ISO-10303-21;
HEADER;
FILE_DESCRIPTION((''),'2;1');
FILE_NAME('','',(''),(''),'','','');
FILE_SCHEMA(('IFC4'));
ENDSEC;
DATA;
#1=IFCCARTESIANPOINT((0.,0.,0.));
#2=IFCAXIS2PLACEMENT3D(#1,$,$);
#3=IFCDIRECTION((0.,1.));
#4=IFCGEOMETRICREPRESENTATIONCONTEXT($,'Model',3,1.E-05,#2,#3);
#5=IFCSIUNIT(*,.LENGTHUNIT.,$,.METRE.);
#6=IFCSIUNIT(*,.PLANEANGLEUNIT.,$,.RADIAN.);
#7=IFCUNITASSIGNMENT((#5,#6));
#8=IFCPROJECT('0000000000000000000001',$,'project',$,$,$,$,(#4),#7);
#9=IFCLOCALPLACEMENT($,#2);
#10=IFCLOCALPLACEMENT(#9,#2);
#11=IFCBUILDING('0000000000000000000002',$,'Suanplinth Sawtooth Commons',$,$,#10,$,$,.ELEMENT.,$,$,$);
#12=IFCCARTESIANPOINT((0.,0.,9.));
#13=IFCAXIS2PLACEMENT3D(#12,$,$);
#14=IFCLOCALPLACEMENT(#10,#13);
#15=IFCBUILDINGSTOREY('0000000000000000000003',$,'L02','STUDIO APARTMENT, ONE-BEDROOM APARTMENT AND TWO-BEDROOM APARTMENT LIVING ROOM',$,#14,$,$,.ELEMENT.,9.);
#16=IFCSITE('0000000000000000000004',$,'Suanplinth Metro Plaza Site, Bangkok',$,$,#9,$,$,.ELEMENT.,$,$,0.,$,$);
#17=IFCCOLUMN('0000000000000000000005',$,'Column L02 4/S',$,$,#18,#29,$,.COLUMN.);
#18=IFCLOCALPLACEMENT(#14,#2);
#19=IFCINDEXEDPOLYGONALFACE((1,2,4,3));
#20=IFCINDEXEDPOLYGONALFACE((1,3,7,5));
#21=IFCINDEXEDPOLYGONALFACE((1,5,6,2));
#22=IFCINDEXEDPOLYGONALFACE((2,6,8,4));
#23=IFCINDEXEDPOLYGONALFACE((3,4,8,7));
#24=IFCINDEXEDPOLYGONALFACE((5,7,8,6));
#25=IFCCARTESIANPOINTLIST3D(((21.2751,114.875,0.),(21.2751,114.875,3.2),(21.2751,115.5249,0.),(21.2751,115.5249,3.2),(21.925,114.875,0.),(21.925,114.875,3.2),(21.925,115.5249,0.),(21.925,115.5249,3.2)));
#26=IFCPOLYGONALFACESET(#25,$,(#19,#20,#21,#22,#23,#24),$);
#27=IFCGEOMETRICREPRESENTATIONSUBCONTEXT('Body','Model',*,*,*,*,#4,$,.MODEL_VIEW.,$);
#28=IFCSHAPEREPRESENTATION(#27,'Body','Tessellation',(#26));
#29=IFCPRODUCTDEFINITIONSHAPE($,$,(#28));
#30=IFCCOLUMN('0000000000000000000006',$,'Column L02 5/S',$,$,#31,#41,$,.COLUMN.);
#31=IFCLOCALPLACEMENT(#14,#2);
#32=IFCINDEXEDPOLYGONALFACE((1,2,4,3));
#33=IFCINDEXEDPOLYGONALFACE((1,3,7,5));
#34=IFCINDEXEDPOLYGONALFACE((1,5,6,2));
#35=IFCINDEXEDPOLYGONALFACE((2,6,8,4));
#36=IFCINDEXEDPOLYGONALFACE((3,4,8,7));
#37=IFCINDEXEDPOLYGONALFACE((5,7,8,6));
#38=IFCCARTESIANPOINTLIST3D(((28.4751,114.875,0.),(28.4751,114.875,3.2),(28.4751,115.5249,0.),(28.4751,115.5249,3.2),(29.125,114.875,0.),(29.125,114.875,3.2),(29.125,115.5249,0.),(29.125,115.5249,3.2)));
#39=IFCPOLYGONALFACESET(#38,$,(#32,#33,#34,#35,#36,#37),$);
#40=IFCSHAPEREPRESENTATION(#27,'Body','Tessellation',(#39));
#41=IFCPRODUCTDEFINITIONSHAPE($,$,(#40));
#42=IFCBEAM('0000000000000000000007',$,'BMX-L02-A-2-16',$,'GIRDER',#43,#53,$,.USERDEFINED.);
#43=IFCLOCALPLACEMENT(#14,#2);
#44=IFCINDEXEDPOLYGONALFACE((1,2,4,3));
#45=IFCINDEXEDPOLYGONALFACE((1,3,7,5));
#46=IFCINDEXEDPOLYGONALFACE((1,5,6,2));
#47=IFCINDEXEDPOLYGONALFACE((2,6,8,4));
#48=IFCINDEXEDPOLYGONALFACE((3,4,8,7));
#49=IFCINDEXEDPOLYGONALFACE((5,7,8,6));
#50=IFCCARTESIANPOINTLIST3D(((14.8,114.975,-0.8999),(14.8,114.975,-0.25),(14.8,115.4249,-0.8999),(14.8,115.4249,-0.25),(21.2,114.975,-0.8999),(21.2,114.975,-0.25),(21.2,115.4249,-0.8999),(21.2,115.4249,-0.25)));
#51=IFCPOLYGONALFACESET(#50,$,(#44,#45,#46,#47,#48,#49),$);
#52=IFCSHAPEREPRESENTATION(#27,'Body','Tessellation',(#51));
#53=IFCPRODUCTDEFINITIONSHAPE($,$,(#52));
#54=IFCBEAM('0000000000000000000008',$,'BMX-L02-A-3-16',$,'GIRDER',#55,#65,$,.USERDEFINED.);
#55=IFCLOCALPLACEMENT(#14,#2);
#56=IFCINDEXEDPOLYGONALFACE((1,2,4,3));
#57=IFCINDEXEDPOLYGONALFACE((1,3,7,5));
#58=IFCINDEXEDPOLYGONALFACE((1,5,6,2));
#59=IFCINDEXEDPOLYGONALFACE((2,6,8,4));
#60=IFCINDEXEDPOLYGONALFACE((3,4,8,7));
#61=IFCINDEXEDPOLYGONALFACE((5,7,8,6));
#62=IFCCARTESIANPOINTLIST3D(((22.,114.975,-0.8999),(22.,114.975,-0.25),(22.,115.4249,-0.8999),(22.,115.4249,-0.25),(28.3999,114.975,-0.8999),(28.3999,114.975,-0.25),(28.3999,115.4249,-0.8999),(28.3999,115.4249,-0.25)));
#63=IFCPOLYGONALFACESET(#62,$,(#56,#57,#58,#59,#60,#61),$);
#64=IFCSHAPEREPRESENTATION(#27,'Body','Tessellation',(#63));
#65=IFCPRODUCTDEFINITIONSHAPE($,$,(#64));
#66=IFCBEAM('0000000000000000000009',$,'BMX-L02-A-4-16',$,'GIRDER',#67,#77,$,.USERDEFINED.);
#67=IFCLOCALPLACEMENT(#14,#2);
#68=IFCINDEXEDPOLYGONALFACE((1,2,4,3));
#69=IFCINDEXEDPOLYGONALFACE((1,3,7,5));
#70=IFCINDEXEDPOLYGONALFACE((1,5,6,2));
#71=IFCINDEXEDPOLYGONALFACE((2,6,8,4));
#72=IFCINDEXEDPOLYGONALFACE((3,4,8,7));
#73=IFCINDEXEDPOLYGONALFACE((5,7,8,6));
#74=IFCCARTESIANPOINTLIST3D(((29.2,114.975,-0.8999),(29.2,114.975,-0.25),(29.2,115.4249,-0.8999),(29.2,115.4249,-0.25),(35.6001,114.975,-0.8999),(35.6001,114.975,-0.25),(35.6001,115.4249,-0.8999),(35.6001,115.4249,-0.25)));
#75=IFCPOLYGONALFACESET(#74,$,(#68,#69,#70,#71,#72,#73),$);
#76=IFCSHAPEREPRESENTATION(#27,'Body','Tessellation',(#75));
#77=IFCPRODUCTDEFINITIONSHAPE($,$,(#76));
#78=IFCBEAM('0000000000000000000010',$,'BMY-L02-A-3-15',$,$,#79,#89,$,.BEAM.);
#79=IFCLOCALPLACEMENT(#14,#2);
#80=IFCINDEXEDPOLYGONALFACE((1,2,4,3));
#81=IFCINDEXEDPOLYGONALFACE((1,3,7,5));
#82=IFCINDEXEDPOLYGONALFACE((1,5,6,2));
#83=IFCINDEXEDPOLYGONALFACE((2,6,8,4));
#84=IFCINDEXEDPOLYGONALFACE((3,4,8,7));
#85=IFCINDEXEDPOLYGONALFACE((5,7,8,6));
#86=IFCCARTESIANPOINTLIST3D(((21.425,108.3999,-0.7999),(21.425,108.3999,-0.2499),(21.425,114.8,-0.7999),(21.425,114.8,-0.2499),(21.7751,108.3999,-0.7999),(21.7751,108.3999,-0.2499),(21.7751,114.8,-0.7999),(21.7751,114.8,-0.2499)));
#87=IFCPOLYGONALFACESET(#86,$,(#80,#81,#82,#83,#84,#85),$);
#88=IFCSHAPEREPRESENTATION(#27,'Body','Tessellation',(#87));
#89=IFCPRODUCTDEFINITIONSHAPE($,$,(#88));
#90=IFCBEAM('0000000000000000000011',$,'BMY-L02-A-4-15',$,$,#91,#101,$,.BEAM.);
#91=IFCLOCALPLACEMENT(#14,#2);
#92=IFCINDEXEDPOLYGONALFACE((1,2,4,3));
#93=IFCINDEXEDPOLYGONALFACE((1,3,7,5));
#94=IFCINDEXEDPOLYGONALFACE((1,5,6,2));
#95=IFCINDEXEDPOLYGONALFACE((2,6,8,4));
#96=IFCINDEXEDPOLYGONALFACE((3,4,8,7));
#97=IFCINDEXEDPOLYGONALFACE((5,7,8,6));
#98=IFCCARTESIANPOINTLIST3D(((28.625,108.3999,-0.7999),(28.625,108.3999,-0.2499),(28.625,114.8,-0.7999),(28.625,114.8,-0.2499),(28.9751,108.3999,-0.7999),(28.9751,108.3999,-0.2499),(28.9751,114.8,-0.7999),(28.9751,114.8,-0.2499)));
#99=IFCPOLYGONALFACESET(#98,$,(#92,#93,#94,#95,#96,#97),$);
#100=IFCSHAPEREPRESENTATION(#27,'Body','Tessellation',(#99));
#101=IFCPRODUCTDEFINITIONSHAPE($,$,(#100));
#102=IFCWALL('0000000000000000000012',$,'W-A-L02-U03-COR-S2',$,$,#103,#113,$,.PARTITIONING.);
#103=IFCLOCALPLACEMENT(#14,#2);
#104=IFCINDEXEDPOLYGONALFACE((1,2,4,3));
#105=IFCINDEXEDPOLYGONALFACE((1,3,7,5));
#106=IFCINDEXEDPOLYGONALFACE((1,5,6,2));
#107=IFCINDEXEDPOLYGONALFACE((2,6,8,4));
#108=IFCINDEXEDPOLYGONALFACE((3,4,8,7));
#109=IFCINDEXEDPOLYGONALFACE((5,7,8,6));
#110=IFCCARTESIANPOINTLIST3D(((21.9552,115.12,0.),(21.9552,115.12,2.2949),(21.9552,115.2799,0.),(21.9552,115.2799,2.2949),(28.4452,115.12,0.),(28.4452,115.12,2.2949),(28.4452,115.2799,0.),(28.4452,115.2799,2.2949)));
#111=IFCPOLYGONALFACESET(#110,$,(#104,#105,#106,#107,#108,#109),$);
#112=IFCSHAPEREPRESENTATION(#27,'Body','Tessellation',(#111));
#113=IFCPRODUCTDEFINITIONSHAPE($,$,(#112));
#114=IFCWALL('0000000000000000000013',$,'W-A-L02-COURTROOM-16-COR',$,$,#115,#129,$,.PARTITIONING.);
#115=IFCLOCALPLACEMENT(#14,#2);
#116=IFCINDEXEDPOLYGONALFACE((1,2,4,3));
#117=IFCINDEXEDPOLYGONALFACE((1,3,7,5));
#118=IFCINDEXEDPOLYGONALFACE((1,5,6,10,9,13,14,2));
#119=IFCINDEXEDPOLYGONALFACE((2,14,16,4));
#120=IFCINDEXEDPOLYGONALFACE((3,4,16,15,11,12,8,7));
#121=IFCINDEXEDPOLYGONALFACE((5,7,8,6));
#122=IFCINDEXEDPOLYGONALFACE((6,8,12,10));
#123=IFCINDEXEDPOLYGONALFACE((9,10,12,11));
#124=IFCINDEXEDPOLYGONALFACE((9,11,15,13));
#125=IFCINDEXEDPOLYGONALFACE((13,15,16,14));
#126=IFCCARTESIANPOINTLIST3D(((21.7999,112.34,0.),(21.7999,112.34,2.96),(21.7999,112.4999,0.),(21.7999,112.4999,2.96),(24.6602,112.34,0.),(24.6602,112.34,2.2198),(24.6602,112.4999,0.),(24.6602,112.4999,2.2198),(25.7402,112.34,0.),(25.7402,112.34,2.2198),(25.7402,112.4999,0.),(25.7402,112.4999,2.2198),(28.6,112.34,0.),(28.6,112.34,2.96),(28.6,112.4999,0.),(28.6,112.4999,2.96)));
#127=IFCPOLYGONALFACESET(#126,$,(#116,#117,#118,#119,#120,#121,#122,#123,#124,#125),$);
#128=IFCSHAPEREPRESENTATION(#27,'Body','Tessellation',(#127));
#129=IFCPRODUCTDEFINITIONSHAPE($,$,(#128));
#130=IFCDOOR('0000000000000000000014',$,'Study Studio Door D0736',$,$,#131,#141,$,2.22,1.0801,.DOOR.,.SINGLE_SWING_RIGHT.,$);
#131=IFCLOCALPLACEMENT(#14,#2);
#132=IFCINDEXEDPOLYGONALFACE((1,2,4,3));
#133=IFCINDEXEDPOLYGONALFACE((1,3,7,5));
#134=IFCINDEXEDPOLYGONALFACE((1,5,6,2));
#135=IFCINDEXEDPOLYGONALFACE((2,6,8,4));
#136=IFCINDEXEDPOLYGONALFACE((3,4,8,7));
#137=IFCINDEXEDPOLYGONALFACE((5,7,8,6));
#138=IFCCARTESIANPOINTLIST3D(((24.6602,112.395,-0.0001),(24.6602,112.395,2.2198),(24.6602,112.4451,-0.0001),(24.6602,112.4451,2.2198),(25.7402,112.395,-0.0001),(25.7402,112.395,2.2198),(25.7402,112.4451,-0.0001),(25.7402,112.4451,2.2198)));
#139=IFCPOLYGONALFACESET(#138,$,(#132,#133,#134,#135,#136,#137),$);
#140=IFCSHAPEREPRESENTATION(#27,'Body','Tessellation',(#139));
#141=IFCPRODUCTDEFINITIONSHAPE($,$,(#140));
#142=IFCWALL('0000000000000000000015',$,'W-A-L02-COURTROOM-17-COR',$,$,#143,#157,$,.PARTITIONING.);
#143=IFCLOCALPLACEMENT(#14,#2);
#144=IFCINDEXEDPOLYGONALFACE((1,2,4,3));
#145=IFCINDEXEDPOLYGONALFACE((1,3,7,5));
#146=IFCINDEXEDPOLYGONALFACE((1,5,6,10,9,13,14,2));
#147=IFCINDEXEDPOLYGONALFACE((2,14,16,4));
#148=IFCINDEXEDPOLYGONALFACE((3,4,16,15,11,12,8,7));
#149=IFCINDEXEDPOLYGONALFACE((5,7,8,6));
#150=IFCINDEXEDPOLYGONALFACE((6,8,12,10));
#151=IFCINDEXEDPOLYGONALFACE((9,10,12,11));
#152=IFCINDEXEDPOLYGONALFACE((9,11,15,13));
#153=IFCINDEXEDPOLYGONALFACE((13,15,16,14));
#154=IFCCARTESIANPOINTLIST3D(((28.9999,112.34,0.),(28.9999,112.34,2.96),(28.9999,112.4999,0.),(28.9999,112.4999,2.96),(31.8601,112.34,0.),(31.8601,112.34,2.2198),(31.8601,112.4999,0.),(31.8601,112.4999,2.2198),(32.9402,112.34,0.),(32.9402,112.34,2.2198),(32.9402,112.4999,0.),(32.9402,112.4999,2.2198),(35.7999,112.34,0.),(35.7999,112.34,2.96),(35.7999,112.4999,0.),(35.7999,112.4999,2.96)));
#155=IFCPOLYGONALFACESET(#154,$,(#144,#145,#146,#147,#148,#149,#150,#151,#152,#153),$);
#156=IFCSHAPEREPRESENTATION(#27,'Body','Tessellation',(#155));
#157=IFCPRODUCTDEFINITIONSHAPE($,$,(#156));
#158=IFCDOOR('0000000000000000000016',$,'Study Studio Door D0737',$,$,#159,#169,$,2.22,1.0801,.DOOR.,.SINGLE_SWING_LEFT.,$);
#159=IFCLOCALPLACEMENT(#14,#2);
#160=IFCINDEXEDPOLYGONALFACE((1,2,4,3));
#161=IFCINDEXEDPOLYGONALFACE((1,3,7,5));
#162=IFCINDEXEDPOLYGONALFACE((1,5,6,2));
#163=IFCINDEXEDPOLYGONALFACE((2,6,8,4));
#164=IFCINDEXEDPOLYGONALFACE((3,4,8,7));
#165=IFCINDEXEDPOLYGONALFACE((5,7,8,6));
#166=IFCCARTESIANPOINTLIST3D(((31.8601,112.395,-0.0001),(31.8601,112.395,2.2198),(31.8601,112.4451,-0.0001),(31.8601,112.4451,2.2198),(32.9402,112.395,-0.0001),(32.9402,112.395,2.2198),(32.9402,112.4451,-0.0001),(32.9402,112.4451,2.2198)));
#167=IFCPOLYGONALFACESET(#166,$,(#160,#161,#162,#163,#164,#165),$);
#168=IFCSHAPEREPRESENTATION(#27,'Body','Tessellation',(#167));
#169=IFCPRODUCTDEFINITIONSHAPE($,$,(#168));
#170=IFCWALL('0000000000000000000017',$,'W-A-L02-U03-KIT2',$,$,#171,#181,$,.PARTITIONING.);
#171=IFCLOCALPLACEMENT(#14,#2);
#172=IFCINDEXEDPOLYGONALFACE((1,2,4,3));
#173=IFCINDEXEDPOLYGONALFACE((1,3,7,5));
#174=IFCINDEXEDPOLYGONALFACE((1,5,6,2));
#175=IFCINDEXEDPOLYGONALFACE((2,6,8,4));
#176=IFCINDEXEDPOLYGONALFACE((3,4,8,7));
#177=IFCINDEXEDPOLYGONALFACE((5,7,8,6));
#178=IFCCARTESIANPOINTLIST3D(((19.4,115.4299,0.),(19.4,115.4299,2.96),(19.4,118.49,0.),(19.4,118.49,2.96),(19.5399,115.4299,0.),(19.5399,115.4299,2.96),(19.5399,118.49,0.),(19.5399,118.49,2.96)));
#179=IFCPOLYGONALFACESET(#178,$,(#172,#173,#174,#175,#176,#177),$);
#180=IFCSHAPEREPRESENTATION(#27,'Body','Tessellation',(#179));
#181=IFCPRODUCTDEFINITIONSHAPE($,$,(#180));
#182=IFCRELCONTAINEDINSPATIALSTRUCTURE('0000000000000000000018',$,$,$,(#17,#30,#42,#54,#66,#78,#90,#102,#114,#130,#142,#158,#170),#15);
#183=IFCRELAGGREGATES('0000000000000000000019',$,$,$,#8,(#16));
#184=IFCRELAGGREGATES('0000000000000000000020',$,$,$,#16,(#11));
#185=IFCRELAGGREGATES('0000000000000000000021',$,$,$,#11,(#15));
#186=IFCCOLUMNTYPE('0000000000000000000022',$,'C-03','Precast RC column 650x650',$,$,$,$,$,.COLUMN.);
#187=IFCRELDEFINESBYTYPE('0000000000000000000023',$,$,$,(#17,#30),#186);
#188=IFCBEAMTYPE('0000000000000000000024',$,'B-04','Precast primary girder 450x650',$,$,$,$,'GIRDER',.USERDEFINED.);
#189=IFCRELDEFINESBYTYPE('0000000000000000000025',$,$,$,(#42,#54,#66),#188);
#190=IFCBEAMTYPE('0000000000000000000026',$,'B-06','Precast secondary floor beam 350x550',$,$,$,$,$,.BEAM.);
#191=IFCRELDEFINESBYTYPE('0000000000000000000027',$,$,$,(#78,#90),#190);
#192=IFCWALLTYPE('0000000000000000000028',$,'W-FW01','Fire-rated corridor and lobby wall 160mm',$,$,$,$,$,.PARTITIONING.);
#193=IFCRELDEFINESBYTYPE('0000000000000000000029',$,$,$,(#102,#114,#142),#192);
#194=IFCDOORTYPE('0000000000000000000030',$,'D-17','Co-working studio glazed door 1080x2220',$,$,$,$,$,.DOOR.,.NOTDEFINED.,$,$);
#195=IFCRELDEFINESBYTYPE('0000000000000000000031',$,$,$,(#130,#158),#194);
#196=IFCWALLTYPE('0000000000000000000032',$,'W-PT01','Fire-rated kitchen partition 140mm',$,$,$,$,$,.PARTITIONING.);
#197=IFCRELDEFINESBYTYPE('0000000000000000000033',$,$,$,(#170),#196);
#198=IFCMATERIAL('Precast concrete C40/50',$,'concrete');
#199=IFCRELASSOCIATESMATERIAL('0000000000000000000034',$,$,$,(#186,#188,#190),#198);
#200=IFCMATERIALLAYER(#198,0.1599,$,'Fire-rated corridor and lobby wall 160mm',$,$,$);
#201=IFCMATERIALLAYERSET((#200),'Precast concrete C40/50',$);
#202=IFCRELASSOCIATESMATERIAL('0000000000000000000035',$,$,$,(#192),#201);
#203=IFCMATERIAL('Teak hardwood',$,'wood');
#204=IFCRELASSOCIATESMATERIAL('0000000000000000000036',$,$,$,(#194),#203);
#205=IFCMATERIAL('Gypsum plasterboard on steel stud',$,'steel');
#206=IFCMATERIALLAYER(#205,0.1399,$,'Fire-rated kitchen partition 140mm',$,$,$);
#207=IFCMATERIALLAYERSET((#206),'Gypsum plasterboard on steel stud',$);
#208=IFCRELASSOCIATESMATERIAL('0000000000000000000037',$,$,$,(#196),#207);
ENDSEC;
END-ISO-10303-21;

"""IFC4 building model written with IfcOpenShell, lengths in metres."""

from ifc_helpers import new_model, si_unit, direction, frame, frame_2d, origin, origin_2d, place, context, subcontext, project, spatial, rectangle, extrude, material, layer, layer_set, material_profile, profile_set, type_object, element, fill, save


model = new_model("IFC4")

# Units and contexts
model_context = context("Model", 3, precision=1e-05, world=origin(), true_north=direction((0.0, 1.0)))
body_context = subcontext(model_context, "Body", "Model", "MODEL_VIEW")
ifc_project = project(units=[si_unit("LENGTHUNIT", "METRE"), si_unit("PLANEANGLEUNIT", "RADIAN")], contexts=[model_context])

# Site, building, storey
site_placement = place(None, origin())
site = spatial("IfcSite", under=ifc_project, at=site_placement, Name="Suanplinth Metro Plaza Site, Bangkok", CompositionType="ELEMENT", RefElevation=0.0)
building_placement = place(site_placement, origin())
building = spatial("IfcBuilding", under=site, at=building_placement, Name="Suanplinth Sawtooth Commons", CompositionType="ELEMENT")
storey_placement = place(building_placement, frame((0.0, 0.0, 9.0)))
storey = spatial("IfcBuildingStorey", under=building, at=storey_placement, Name="L02", Description="STUDIO APARTMENT, ONE-BEDROOM APARTMENT AND TWO-BEDROOM APARTMENT LIVING ROOM", CompositionType="ELEMENT", Elevation=9.0)

# Columns
ifc_material_1 = material(Name="Precast concrete C40/50", Category="concrete")
ifc_material_profile_1 = material_profile(ifc_material_1, rectangle(XDim=0.6499, YDim=0.6499, at=origin_2d()), Name="PC-COL 650x650")
ifc_profile_set_1 = profile_set([ifc_material_profile_1], Name="Precast concrete C40/50")
column_type = type_object("IfcColumnType", Name="C-03", Description="Precast RC column 650x650", PredefinedType="COLUMN", material=ifc_profile_set_1)
for number, where, z_axis, x_axis, name in (
    (1, (21.6001, 115.2, 0.0), (0.0, 0.0, 1.0), (1.0, 0.0, 0.0), "Column L02 4/S"),
    (2, (28.8, 115.2, 0.0), (0.0, 0.0, 1.0), (1.0, 0.0, 0.0), "Column L02 5/S"),
):
    element("IfcColumn", number, at=place(storey_placement, frame(where, z_axis=z_axis, x_axis=x_axis)), inside=storey, type_object=column_type, Name=name, PredefinedType="COLUMN", context=body_context, shape_type="SweptSolid", body=[
        extrude(rectangle(XDim=0.6499, YDim=0.6499, at=origin_2d()), origin(), (0.0, 0.0, 1.0), 3.2),
    ])

# Beams
ifc_material_profile_2 = material_profile(ifc_material_1, rectangle(XDim=0.45, YDim=0.6499, at=origin_2d()), Name="PC-GDR 450x650")
ifc_profile_set_2 = profile_set([ifc_material_profile_2], Name="Precast concrete C40/50")
beam_type_1 = type_object("IfcBeamType", Name="B-04", Description="Precast primary girder 450x650", ElementType="GIRDER", PredefinedType="USERDEFINED", material=ifc_profile_set_2)
for number, where, z_axis, x_axis, name in (
    (3, (14.8, 115.2, -0.575), (1.0, 0.0, 0.0), (0.0, 1.0, 0.0), "BMX-L02-A-2-16"),
    (4, (22.0, 115.2, -0.575), (1.0, 0.0, 0.0), (0.0, 1.0, 0.0), "BMX-L02-A-3-16"),
):
    element("IfcBeam", number, at=place(storey_placement, frame(where, z_axis=z_axis, x_axis=x_axis)), inside=storey, type_object=beam_type_1, Name=name, ObjectType="GIRDER", PredefinedType="USERDEFINED", context=body_context, shape_type="SweptSolid", body=[
        extrude(rectangle(XDim=0.45, YDim=0.6499, at=origin_2d()), origin(), (0.0, 0.0, 1.0), 6.3999),
    ])
beam_placement = place(storey_placement, frame((29.2, 115.2, -0.575), z_axis=(1.0, 0.0, 0.0), x_axis=(0.0, 1.0, 0.0)))
element("IfcBeam", 5, at=beam_placement, inside=storey, type_object=beam_type_1, Name="BMX-L02-A-4-16", ObjectType="GIRDER", PredefinedType="USERDEFINED", context=body_context, shape_type="SweptSolid", body=[
    extrude(rectangle(XDim=0.45, YDim=0.6499, at=origin_2d()), origin(), (0.0, 0.0, 1.0), 6.4001),
])
ifc_material_profile_3 = material_profile(ifc_material_1, rectangle(XDim=0.3501, YDim=0.55, at=origin_2d()), Name="PC-BM 350x550")
ifc_profile_set_3 = profile_set([ifc_material_profile_3], Name="Precast concrete C40/50")
beam_type_2 = type_object("IfcBeamType", Name="B-06", Description="Precast secondary floor beam 350x550", PredefinedType="BEAM", material=ifc_profile_set_3)
for number, where, z_axis, x_axis, name in (
    (6, (21.6001, 108.3999, -0.5249), (0.0, 1.0, 0.0), (-1.0, 0.0, 0.0), "BMY-L02-A-3-15"),
    (7, (28.8, 108.3999, -0.5249), (0.0, 1.0, 0.0), (-1.0, 0.0, 0.0), "BMY-L02-A-4-15"),
):
    element("IfcBeam", number, at=place(storey_placement, frame(where, z_axis=z_axis, x_axis=x_axis)), inside=storey, type_object=beam_type_2, Name=name, PredefinedType="BEAM", context=body_context, shape_type="SweptSolid", body=[
        extrude(rectangle(XDim=0.3501, YDim=0.55, at=origin_2d()), origin(), (0.0, 0.0, 1.0), 6.4001),
    ])

# Shared definitions
ifc_layer_1 = layer(ifc_material_1, 0.1599, Name="Fire-rated corridor and lobby wall 160mm")
ifc_layer_set_1 = layer_set([ifc_layer_1], Name="Precast concrete C40/50")
wall_type_1 = type_object("IfcWallType", Name="W-FW01", Description="Fire-rated corridor and lobby wall 160mm", PredefinedType="PARTITIONING", material=ifc_layer_set_1)

# Wall
wall_1_placement = place(storey_placement, frame((21.9551, 115.2, 0.0), z_axis=(0.0, 0.0, 1.0), x_axis=(1.0, 0.0, 0.0)))
element("IfcWall", 8, at=wall_1_placement, inside=storey, type_object=wall_type_1, Name="W-A-L02-U03-COR-S2", PredefinedType="PARTITIONING", context=body_context, shape_type="SweptSolid", body=[
    extrude(rectangle(XDim=6.49, YDim=0.1599, at=frame_2d((3.2451, 0.0))), origin(), (0.0, 0.0, 1.0), 2.2949),
])

# Walls, openings, doors
wall_2_placement = place(storey_placement, frame((21.8, 112.4199, 0.0), z_axis=(0.0, 0.0, 1.0), x_axis=(1.0, 0.0, 0.0)))
wall_2 = element("IfcWall", 9, at=wall_2_placement, inside=storey, type_object=wall_type_1, Name="W-A-L02-COURTROOM-16-COR", PredefinedType="PARTITIONING", context=body_context, shape_type="SweptSolid", body=[
    extrude(rectangle(XDim=6.8, YDim=0.1599, at=frame_2d((3.3999, 0.0))), origin(), (0.0, 0.0, 1.0), 2.96),
])
opening_1_placement = place(wall_2_placement, frame((2.8601, 0.0, 0.0)))
opening_1 = element("IfcOpeningElement", 10, at=opening_1_placement, cuts=wall_2, PredefinedType="OPENING", context=body_context, shape_type="SweptSolid", body=[
    extrude(rectangle(XDim=1.0801, YDim=2.22, at=frame_2d((0.54, 1.1099))), frame((0.0, 0.0947, 0.0), z_axis=(0.0, -1.0, 0.0), x_axis=(1.0, 0.0, 0.0)), (0.0, 0.0, 1.0), 0.1897),
])
ifc_material_2 = material(Name="Teak hardwood", Category="wood")
door_type_1 = type_object("IfcDoorType", Name="D-17", Description="Co-working studio glazed door 1080x2220", OperationType="NOTDEFINED", PredefinedType="DOOR", material=ifc_material_2)
door_1_placement = place(opening_1_placement, frame((1.0801, 0.0, 0.0), z_axis=(0.0, 0.0, 1.0), x_axis=(-1.0, 0.0, 0.0)))
door_1 = element("IfcDoor", 11, at=door_1_placement, inside=storey, type_object=door_type_1, Name="Study Studio Door D0736", OperationType="SINGLE_SWING_RIGHT", OverallHeight=2.22, OverallWidth=1.0801, PredefinedType="DOOR", context=body_context, shape_type="SweptSolid", body=[
    extrude(rectangle(XDim=1.0801, YDim=2.22, at=frame_2d((0.54, 1.1099))), frame((0.0, 0.0249, 0.0), z_axis=(0.0, -1.0, 0.0), x_axis=(1.0, 0.0, 0.0)), (0.0, 0.0, 1.0), 0.05),
])
fill(opening_1, door_1)
wall_3_placement = place(storey_placement, frame((29.0, 112.4199, 0.0), z_axis=(0.0, 0.0, 1.0), x_axis=(1.0, 0.0, 0.0)))
wall_3 = element("IfcWall", 12, at=wall_3_placement, inside=storey, type_object=wall_type_1, Name="W-A-L02-COURTROOM-17-COR", PredefinedType="PARTITIONING", context=body_context, shape_type="SweptSolid", body=[
    extrude(rectangle(XDim=6.8, YDim=0.1599, at=frame_2d((3.3999, 0.0))), origin(), (0.0, 0.0, 1.0), 2.96),
])
opening_2_placement = place(wall_3_placement, frame((2.8601, 0.0, 0.0)))
opening_2 = element("IfcOpeningElement", 13, at=opening_2_placement, cuts=wall_3, PredefinedType="OPENING", context=body_context, shape_type="SweptSolid", body=[
    extrude(rectangle(XDim=1.0801, YDim=2.22, at=frame_2d((0.54, 1.1099))), frame((0.0, 0.0947, 0.0), z_axis=(0.0, -1.0, 0.0), x_axis=(1.0, 0.0, 0.0)), (0.0, 0.0, 1.0), 0.1897),
])
door_2_placement = place(opening_2_placement, frame((1.0801, 0.0, 0.0), z_axis=(0.0, 0.0, 1.0), x_axis=(-1.0, 0.0, 0.0)))
door_2 = element("IfcDoor", 14, at=door_2_placement, inside=storey, type_object=door_type_1, Name="Study Studio Door D0737", OperationType="SINGLE_SWING_LEFT", OverallHeight=2.22, OverallWidth=1.0801, PredefinedType="DOOR", context=body_context, shape_type="SweptSolid", body=[
    extrude(rectangle(XDim=1.0801, YDim=2.22, at=frame_2d((0.54, 1.1099))), frame((0.0, 0.0249, 0.0), z_axis=(0.0, -1.0, 0.0), x_axis=(1.0, 0.0, 0.0)), (0.0, 0.0, 1.0), 0.05),
])
fill(opening_2, door_2)

# Wall
ifc_material_3 = material(Name="Gypsum plasterboard on steel stud", Category="steel")
ifc_layer_2 = layer(ifc_material_3, 0.1399, Name="Fire-rated kitchen partition 140mm")
ifc_layer_set_2 = layer_set([ifc_layer_2], Name="Gypsum plasterboard on steel stud")
wall_type_2 = type_object("IfcWallType", Name="W-PT01", Description="Fire-rated kitchen partition 140mm", PredefinedType="PARTITIONING", material=ifc_layer_set_2)
wall_4_placement = place(storey_placement, frame((19.47, 115.4299, 0.0), z_axis=(0.0, 0.0, 1.0), x_axis=(0.0, 1.0, 0.0)))
element("IfcWall", 15, at=wall_4_placement, inside=storey, type_object=wall_type_2, Name="W-A-L02-U03-KIT2", PredefinedType="PARTITIONING", context=body_context, shape_type="SweptSolid", body=[
    extrude(rectangle(XDim=3.0601, YDim=0.1399, at=frame_2d((1.53, 0.0))), origin(), (0.0, 0.0, 1.0), 2.96),
])

save(model, "model.ifc")
